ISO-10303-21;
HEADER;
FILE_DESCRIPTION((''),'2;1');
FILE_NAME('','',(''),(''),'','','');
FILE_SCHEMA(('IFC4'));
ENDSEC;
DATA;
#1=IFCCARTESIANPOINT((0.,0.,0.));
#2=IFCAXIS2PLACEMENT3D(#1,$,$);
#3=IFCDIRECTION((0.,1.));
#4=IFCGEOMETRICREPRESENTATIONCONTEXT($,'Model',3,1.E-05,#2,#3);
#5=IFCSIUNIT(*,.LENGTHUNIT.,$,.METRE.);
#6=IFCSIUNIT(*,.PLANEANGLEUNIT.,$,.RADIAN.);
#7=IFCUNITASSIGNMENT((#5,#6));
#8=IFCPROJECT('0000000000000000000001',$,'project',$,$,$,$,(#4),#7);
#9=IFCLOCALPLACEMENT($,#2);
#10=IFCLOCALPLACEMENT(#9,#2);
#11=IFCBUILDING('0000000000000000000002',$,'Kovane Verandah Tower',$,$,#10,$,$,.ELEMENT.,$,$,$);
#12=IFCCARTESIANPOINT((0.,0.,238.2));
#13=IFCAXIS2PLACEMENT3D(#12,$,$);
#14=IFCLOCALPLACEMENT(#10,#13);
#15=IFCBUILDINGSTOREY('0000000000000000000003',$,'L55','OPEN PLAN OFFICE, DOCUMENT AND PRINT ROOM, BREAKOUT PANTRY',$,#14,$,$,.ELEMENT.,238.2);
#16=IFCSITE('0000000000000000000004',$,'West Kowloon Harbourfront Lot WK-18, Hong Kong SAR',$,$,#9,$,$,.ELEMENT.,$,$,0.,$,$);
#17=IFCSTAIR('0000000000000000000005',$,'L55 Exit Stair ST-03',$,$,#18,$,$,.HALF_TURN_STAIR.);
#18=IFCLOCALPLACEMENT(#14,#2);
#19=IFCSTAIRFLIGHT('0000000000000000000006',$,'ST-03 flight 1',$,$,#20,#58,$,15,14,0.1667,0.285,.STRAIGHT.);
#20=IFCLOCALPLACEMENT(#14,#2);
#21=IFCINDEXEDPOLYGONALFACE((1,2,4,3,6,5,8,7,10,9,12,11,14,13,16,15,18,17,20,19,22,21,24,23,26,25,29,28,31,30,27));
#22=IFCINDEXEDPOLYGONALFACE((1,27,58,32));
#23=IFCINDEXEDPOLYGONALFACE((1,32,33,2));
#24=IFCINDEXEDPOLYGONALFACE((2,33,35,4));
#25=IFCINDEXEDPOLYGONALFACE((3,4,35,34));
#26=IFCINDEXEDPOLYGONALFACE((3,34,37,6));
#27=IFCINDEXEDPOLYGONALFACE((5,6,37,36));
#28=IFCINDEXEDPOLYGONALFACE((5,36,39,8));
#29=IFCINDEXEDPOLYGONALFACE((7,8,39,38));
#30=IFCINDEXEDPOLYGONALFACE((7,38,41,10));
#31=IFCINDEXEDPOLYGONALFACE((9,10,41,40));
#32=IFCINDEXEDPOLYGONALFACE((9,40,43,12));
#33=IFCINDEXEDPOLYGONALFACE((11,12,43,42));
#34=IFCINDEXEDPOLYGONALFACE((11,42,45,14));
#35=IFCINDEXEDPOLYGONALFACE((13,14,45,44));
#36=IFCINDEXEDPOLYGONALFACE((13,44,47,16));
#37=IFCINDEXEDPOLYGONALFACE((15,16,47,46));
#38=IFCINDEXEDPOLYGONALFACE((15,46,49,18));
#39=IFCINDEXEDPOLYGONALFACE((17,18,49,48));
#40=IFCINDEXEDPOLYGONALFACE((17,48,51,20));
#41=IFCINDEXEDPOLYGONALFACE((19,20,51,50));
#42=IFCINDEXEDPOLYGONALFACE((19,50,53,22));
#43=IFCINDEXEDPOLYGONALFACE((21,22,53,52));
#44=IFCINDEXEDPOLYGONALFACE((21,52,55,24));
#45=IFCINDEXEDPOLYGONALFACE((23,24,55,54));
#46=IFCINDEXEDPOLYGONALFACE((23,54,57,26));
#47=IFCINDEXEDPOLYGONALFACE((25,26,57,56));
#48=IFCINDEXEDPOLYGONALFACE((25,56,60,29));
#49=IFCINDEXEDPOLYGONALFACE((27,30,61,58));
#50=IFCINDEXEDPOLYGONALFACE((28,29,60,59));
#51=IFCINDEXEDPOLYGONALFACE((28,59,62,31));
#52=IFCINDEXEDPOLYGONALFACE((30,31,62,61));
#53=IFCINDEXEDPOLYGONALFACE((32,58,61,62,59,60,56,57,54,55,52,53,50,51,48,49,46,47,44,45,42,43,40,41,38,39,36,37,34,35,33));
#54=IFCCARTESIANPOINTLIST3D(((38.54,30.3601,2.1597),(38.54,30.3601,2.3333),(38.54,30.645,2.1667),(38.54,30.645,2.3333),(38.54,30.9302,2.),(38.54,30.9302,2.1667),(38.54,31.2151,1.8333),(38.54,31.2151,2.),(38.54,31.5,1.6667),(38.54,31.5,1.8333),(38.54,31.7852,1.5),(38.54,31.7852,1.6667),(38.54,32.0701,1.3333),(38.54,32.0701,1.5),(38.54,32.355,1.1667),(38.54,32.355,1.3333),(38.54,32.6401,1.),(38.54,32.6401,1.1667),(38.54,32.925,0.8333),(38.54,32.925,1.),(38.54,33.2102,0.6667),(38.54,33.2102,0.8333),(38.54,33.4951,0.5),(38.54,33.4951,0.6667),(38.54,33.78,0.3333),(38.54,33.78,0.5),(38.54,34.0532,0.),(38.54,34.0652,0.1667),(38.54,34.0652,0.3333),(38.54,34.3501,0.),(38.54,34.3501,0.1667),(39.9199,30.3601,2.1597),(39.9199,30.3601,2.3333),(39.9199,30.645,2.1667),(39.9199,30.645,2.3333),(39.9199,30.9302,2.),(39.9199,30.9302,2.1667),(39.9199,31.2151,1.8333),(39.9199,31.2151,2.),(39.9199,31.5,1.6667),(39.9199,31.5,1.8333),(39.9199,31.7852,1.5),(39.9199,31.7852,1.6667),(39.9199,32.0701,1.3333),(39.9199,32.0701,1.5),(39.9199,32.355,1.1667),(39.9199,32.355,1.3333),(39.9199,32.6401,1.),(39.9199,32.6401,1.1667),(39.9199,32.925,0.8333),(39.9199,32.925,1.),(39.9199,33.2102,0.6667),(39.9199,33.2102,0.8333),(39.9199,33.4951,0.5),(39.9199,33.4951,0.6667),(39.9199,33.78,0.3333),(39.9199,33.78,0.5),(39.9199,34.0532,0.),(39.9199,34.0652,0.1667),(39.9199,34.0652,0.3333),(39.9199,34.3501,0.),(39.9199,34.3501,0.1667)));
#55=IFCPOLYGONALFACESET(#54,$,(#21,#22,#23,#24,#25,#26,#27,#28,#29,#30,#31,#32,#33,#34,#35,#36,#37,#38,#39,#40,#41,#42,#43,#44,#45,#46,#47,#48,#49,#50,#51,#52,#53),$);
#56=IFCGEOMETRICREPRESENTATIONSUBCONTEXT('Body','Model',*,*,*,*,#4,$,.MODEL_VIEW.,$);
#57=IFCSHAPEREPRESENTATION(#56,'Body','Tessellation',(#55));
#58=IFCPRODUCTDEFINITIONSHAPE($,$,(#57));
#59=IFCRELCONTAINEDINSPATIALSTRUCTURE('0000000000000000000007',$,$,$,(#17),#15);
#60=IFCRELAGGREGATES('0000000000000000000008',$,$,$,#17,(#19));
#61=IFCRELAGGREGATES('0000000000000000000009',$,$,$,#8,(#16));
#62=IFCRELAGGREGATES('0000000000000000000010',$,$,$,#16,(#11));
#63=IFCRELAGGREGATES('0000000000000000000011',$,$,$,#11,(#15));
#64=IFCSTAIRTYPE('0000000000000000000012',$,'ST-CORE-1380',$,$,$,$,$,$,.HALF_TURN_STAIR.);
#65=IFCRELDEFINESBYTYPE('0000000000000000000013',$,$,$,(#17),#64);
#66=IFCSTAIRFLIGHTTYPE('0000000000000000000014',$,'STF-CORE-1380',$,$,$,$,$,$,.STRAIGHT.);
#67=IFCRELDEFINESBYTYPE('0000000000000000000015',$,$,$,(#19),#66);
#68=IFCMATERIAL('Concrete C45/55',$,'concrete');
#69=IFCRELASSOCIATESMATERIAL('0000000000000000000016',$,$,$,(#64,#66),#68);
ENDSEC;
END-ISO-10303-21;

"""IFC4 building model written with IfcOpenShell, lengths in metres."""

from ifc_helpers import new_model, si_unit, direction, frame, origin, place, context, subcontext, project, spatial, polyline, outline, extrude, material, type_object, element, aggregate, save


model = new_model("IFC4")

# Units and contexts
model_context = context("Model", 3, precision=1e-05, world=origin(), true_north=direction((0.0, 1.0)))
body_context = subcontext(model_context, "Body", "Model", "MODEL_VIEW")
ifc_project = project(units=[si_unit("LENGTHUNIT", "METRE"), si_unit("PLANEANGLEUNIT", "RADIAN")], contexts=[model_context])

# Site, building, storey
site_placement = place(None, origin())
site = spatial("IfcSite", under=ifc_project, at=site_placement, Name="West Kowloon Harbourfront Lot WK-18, Hong Kong SAR", CompositionType="ELEMENT", RefElevation=0.0)
building_placement = place(site_placement, origin())
building = spatial("IfcBuilding", under=site, at=building_placement, Name="Kovane Verandah Tower", CompositionType="ELEMENT")
storey_placement = place(building_placement, frame((0.0, 0.0, 238.2)))
storey = spatial("IfcBuildingStorey", under=building, at=storey_placement, Name="L55", Description="OPEN PLAN OFFICE, DOCUMENT AND PRINT ROOM, BREAKOUT PANTRY", CompositionType="ELEMENT", Elevation=238.2)

# Shared definitions
ifc_material_1 = material(Name="Concrete C45/55", Category="concrete")

# Stair, stair flight
stair_type = type_object("IfcStairType", Name="ST-CORE-1380", PredefinedType="HALF_TURN_STAIR", material=ifc_material_1)
stair_placement = place(storey_placement, origin())
stair = element("IfcStair", 1, at=stair_placement, inside=storey, type_object=stair_type, Name="L55 Exit Stair ST-03", PredefinedType="HALF_TURN_STAIR")
stair_flight_type = type_object("IfcStairFlightType", Name="STF-CORE-1380", PredefinedType="STRAIGHT", material=ifc_material_1)
stair_flight_placement = place(storey_placement, frame((39.23, 34.3501, 0.0), z_axis=(0.0, 0.0, 1.0), x_axis=(0.0, -1.0, 0.0)))
stair_flight = element("IfcStairFlight", 2, at=stair_flight_placement, type_object=stair_flight_type, Name="ST-03 flight 1", NumberOfRisers=15, NumberOfTreads=14, PredefinedType="STRAIGHT", RiserHeight=0.1667, TreadLength=0.285, context=body_context, shape_type="SweptSolid", body=[
    extrude(outline(polyline([(0.0, 0.0), (0.0, 0.1667), (0.2849, 0.1667), (0.2849, 0.3333), (0.5701, 0.3333), (0.5701, 0.5), (0.855, 0.5), (0.855, 0.6667), (1.1399, 0.6667), (1.1399, 0.8333), (1.425, 0.8333), (1.425, 1.0), (1.71, 1.0), (1.71, 1.1667), (1.9951, 1.1667), (1.9951, 1.3333), (2.28, 1.3333), (2.28, 1.5), (2.5649, 1.5), (2.5649, 1.6667), (2.8501, 1.6667), (2.8501, 1.8333), (3.135, 1.8333), (3.135, 2.0), (3.4199, 2.0), (3.4199, 2.1667), (3.7051, 2.1667), (3.7051, 2.3333), (3.99, 2.3333), (3.99, 2.5), (3.99, 2.1597), (0.2969, 0.0), (0.0, 0.0)])), frame((0.0, 0.6899, 0.0), z_axis=(0.0, -1.0, 0.0), x_axis=(1.0, 0.0, 0.0)), (0.0, 0.0, 1.0), 1.3799),
])
aggregate(stair, [stair_flight])

save(model, "model.ifc")
